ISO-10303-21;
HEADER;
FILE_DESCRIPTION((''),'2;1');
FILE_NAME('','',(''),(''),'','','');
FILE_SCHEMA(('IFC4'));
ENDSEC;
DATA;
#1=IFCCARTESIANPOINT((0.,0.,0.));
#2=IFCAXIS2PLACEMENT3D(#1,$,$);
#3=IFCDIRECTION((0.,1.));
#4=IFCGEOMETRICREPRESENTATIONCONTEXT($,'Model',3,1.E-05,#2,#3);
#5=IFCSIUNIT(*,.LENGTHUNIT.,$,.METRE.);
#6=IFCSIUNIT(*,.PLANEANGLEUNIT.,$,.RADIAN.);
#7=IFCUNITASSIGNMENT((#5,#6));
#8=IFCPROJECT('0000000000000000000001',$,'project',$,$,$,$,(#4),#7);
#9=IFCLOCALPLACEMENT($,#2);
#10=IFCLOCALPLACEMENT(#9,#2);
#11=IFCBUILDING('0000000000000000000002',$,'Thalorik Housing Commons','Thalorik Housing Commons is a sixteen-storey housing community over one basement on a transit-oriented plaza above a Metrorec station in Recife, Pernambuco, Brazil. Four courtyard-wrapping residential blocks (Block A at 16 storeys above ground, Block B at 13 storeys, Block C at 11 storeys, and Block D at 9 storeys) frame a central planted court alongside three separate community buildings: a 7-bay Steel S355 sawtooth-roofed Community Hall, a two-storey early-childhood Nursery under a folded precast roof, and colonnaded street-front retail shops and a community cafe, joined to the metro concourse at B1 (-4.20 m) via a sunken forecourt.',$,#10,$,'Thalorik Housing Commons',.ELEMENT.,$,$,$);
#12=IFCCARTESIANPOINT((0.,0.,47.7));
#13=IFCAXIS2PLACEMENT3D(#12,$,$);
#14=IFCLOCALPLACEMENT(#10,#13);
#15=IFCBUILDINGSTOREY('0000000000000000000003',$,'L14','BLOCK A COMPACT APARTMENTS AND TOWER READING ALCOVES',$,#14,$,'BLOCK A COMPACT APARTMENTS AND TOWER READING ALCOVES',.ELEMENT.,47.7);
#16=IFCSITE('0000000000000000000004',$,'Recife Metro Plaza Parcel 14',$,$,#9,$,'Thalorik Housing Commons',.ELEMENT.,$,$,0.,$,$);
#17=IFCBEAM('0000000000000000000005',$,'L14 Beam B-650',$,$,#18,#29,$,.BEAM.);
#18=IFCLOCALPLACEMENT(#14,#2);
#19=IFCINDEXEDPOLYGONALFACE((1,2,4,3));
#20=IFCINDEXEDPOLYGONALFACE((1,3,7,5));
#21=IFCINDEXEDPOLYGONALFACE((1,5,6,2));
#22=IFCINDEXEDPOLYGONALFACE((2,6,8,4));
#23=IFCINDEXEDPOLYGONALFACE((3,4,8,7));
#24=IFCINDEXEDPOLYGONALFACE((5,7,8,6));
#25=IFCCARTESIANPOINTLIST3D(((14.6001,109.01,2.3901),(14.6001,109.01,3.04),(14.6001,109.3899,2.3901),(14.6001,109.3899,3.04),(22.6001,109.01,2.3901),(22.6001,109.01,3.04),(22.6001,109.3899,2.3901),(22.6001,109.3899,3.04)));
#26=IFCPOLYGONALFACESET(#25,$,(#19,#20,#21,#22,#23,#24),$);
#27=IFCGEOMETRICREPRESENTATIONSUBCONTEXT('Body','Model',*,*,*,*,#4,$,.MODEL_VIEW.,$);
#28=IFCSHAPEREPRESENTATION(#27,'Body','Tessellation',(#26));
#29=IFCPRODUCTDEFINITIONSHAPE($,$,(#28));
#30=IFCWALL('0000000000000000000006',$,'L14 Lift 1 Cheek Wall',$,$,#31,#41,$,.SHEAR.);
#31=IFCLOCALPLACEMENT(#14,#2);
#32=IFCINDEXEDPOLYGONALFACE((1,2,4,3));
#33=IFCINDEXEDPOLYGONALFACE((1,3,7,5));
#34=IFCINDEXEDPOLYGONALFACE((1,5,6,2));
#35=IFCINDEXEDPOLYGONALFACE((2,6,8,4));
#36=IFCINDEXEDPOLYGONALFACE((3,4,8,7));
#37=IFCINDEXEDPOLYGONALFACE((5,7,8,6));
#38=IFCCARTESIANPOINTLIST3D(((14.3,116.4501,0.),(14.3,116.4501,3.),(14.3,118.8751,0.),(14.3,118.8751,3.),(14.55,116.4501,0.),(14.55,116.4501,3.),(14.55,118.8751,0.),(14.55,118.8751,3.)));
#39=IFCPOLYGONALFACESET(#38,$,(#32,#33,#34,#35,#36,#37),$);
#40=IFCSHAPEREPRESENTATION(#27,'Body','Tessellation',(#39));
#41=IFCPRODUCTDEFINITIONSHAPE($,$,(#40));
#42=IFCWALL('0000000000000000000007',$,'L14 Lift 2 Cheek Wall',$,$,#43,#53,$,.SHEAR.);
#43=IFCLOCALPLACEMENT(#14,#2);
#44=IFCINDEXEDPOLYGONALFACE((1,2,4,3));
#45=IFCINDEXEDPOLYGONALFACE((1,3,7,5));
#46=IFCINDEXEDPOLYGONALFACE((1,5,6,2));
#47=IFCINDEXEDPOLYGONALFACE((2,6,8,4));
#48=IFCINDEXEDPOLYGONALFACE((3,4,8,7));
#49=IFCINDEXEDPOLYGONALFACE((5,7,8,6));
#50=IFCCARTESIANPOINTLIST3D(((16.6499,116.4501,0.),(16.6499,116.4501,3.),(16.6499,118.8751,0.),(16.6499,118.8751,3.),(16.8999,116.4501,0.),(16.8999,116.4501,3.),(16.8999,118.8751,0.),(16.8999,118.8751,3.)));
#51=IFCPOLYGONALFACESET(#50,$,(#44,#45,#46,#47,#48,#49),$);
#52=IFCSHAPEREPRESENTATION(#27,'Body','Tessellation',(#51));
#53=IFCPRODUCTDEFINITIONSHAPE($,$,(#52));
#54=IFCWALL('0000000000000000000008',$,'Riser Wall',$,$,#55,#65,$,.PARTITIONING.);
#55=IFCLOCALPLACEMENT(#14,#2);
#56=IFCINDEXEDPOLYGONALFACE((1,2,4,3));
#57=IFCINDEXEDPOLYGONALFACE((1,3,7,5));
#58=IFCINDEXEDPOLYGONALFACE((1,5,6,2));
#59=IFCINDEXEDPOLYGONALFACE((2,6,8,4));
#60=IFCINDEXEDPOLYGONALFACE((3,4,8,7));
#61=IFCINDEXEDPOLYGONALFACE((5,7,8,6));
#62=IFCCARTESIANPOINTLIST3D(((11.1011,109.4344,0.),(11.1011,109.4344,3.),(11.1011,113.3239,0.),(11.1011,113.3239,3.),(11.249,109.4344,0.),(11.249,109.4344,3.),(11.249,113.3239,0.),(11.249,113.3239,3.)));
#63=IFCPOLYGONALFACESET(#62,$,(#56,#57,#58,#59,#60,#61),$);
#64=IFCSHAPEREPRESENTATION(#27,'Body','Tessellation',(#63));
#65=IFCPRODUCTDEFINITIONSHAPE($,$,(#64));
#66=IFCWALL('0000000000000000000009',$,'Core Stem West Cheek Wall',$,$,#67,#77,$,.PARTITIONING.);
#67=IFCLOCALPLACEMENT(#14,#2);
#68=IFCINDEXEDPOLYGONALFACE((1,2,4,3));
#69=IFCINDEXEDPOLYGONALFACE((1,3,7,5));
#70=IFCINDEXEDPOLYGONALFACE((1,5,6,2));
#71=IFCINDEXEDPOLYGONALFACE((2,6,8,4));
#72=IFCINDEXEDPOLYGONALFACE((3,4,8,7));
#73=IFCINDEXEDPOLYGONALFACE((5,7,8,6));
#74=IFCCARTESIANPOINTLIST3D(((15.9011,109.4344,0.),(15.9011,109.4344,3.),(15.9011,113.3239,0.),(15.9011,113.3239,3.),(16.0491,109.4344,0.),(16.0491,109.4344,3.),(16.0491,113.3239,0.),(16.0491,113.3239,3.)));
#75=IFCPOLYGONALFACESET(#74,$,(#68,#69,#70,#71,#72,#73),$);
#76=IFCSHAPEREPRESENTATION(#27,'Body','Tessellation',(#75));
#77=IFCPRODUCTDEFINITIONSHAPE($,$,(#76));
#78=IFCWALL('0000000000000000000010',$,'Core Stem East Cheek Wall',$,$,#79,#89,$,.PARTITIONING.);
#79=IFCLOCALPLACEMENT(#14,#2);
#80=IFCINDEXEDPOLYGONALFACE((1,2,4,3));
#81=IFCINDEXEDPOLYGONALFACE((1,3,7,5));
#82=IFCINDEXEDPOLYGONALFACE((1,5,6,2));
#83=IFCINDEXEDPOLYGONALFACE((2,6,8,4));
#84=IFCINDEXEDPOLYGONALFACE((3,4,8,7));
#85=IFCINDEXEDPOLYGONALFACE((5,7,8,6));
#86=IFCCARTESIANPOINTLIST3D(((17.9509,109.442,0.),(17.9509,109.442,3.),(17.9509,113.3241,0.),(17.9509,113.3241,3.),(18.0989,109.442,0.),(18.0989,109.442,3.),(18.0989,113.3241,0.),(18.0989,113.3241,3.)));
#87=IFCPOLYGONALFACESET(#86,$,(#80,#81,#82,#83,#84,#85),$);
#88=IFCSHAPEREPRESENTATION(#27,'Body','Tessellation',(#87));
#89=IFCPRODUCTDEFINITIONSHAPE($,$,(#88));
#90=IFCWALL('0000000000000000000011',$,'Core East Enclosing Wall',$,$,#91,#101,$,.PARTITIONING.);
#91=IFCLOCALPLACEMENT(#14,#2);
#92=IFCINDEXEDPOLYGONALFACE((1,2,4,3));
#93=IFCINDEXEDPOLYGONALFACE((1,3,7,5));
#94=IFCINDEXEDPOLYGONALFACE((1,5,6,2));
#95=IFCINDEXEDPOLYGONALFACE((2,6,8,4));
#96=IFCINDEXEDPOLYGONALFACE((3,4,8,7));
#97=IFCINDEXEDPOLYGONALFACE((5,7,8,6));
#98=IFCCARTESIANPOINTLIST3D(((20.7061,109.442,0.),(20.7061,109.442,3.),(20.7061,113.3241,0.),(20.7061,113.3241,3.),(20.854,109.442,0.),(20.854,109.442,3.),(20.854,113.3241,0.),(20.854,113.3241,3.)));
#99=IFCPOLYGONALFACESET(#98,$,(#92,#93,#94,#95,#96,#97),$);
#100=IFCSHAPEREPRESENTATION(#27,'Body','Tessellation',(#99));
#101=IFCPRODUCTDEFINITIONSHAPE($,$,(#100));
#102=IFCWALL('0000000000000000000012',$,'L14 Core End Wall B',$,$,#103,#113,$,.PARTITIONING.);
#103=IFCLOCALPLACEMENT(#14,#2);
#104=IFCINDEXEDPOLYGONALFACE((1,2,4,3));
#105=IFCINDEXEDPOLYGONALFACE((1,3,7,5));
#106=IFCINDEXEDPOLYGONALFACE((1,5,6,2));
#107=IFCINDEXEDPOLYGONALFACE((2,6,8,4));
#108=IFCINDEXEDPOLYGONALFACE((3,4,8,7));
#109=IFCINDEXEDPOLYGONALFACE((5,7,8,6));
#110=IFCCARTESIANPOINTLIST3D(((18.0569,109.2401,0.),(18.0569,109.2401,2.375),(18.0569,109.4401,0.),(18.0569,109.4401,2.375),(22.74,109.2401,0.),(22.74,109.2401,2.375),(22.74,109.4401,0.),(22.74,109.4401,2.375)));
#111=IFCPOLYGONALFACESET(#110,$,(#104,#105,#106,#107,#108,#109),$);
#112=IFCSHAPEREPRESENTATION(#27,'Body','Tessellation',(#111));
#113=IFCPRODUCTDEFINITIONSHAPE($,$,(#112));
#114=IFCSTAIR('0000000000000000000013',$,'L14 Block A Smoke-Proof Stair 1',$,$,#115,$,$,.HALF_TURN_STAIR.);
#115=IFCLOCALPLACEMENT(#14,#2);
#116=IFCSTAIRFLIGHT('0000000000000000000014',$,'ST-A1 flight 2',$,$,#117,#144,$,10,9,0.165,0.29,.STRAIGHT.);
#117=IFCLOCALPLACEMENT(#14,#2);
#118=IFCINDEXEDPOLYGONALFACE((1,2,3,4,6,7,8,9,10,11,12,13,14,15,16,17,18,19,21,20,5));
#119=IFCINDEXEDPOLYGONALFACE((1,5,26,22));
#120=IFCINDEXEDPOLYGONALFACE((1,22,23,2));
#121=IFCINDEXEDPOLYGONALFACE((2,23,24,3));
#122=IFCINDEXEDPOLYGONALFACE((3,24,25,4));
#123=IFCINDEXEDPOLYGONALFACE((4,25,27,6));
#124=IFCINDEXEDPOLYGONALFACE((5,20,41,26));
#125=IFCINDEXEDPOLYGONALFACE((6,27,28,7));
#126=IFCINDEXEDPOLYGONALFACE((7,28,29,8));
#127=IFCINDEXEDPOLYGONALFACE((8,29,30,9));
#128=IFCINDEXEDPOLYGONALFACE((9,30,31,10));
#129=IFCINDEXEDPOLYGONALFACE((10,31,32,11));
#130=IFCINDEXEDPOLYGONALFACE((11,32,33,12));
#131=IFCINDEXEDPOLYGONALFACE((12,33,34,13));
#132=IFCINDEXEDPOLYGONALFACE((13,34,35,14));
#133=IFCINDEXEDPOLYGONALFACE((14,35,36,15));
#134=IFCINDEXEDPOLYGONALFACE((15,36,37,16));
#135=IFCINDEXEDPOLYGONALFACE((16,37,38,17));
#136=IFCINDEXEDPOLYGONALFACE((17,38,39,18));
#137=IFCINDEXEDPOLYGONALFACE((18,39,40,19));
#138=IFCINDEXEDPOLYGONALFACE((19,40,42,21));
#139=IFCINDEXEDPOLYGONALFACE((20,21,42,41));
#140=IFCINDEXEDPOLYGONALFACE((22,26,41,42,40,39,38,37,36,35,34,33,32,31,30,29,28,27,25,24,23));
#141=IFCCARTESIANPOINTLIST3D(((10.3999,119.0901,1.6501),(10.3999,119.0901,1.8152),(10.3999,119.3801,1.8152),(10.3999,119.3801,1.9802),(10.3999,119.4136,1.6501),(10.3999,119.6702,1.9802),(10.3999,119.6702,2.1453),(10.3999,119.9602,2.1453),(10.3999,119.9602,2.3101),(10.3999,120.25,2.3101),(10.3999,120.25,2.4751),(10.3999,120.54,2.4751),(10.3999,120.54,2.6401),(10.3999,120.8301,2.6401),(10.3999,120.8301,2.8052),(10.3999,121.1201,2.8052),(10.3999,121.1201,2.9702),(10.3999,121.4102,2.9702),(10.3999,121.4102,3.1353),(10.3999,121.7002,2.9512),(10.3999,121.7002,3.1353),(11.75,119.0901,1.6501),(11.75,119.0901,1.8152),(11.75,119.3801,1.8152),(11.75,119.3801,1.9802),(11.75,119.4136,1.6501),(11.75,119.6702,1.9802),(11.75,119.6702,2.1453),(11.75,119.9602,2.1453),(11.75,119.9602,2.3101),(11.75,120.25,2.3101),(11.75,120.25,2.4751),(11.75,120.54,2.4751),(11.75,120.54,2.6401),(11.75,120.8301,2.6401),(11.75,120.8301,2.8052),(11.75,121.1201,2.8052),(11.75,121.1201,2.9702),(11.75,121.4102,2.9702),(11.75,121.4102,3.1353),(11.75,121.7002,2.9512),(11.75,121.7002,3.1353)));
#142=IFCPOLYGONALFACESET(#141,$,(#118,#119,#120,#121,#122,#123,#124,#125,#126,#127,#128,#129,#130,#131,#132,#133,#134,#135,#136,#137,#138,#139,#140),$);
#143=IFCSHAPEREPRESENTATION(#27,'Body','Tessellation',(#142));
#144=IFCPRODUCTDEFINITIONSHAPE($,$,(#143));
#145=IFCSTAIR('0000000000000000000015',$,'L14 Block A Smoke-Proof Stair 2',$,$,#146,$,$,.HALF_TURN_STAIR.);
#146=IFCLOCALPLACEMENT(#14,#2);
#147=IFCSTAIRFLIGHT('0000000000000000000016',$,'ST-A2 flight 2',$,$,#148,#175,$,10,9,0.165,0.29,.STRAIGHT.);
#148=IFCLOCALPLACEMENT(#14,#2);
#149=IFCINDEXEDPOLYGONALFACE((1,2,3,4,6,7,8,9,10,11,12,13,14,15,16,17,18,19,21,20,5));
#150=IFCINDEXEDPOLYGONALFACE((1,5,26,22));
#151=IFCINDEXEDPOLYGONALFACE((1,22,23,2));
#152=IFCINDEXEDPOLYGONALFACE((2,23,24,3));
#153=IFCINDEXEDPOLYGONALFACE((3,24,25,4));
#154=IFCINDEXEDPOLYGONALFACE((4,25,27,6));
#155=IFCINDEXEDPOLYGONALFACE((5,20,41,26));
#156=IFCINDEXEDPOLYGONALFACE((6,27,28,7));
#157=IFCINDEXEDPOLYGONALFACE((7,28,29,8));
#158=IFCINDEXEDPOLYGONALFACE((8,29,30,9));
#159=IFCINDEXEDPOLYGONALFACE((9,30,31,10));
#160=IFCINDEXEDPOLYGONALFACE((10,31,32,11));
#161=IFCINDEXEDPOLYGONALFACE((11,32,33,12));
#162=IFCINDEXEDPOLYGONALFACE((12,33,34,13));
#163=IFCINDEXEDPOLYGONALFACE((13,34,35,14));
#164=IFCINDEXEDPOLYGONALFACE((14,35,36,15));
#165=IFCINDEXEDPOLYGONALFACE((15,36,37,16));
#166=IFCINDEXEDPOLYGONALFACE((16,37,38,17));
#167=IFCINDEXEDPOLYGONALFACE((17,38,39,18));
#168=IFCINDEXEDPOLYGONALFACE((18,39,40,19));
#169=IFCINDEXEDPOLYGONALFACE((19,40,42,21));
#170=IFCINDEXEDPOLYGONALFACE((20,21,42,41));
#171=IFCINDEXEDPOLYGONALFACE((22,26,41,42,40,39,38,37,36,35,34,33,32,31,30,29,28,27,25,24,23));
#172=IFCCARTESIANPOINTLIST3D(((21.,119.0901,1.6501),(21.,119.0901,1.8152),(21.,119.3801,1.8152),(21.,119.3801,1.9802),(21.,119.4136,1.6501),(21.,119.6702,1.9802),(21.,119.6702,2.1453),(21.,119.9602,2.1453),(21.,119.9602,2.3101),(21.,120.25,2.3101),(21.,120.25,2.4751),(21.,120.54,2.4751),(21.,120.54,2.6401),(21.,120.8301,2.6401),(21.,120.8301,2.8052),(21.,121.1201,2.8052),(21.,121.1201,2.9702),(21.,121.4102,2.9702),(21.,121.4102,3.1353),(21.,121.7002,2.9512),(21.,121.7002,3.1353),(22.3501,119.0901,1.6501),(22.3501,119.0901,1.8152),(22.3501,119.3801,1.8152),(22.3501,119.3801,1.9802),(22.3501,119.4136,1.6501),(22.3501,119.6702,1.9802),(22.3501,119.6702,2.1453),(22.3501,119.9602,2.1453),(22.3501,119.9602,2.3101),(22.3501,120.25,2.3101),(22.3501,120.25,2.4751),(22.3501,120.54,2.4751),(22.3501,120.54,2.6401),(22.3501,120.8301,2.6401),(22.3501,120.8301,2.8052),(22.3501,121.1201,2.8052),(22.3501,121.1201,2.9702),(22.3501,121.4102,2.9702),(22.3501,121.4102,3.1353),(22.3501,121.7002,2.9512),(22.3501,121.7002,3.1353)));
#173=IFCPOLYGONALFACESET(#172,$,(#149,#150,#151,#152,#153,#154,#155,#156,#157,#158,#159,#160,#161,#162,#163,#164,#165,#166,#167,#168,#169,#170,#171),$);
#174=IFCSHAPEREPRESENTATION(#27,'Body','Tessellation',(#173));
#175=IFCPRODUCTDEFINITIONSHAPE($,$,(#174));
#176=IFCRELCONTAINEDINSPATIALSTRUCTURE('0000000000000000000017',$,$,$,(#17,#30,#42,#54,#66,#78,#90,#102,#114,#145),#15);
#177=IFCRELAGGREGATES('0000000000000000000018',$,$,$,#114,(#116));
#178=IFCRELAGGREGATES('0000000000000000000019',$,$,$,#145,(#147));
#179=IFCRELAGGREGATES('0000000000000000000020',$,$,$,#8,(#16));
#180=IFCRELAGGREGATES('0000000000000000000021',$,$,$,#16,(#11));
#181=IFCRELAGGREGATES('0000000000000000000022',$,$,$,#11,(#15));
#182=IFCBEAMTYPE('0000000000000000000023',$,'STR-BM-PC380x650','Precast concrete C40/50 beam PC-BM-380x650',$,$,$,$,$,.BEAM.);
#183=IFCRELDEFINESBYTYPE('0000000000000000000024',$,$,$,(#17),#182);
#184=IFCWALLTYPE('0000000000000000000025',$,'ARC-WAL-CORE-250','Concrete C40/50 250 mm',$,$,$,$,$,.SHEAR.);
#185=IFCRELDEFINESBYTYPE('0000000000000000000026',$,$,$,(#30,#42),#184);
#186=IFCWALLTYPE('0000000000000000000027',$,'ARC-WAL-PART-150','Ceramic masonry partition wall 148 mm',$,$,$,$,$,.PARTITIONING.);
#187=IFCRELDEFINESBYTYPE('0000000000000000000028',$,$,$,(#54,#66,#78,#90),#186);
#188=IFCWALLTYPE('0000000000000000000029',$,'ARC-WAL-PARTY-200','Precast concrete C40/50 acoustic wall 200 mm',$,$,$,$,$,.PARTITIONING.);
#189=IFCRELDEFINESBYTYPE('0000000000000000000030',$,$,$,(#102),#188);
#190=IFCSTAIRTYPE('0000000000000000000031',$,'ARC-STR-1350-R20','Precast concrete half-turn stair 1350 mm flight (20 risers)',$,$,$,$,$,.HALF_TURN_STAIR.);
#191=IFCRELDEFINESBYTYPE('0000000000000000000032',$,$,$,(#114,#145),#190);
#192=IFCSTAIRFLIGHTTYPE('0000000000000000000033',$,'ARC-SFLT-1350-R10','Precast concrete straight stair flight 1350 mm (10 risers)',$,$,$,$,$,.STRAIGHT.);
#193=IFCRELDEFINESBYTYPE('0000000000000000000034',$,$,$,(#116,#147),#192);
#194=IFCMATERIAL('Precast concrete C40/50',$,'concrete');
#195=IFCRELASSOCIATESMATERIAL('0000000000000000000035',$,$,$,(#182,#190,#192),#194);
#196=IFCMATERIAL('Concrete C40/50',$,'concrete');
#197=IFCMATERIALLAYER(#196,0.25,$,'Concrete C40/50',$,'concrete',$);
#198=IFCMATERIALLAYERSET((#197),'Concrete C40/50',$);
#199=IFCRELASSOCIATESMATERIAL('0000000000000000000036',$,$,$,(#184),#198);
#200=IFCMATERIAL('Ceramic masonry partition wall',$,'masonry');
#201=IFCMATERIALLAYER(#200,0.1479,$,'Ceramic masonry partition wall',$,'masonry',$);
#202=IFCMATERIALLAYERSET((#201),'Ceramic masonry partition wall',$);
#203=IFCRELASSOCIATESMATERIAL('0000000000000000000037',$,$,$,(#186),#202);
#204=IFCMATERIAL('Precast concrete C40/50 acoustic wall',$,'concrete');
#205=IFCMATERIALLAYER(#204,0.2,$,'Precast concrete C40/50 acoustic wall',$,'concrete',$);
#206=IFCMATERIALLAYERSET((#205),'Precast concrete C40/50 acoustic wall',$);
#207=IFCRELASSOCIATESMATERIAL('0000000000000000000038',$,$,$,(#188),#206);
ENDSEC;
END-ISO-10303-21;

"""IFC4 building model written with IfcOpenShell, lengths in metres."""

from ifc_helpers import new_model, si_unit, direction, frame, frame_2d, origin, origin_2d, place, context, subcontext, project, spatial, polyline, rectangle, outline, extrude, material, layer, layer_set, material_profile, profile_set, type_object, element, aggregate, save


model = new_model("IFC4")

# Units and contexts
model_context = context("Model", 3, precision=1e-05, world=origin(), true_north=direction((0.0, 1.0)))
body_context = subcontext(model_context, "Body", "Model", "MODEL_VIEW")
ifc_project = project(units=[si_unit("LENGTHUNIT", "METRE"), si_unit("PLANEANGLEUNIT", "RADIAN")], contexts=[model_context])

# Site, building, storey
site_placement = place(None, origin())
site = spatial("IfcSite", under=ifc_project, at=site_placement, Name="Recife Metro Plaza Parcel 14", LongName="Thalorik Housing Commons", CompositionType="ELEMENT", RefElevation=0.0)
building_placement = place(site_placement, origin())
building = spatial("IfcBuilding", under=site, at=building_placement, Name="Thalorik Housing Commons", Description="Thalorik Housing Commons is a sixteen-storey housing community over one basement on a transit-oriented plaza above a Metrorec station in Recife, Pernambuco, Brazil. Four courtyard-wrapping residential blocks (Block A at 16 storeys above ground, Block B at 13 storeys, Block C at 11 storeys, and Block D at 9 storeys) frame a central planted court alongside three separate community buildings: a 7-bay Steel S355 sawtooth-roofed Community Hall, a two-storey early-childhood Nursery under a folded precast roof, and colonnaded street-front retail shops and a community cafe, joined to the metro concourse at B1 (-4.20 m) via a sunken forecourt.", LongName="Thalorik Housing Commons", CompositionType="ELEMENT")
storey_placement = place(building_placement, frame((0.0, 0.0, 47.7)))
storey = spatial("IfcBuildingStorey", under=building, at=storey_placement, Name="L14", Description="BLOCK A COMPACT APARTMENTS AND TOWER READING ALCOVES", LongName="BLOCK A COMPACT APARTMENTS AND TOWER READING ALCOVES", CompositionType="ELEMENT", Elevation=47.7)

# Beam
ifc_material_1 = material(Name="Precast concrete C40/50", Category="concrete")
ifc_material_profile = material_profile(ifc_material_1, rectangle(XDim=0.3799, YDim=0.6499, at=origin_2d()), Name="PC 380x650", Category="concrete")
ifc_profile_set = profile_set([ifc_material_profile], Name="Precast concrete C40/50")
beam_type = type_object("IfcBeamType", Name="STR-BM-PC380x650", Description="Precast concrete C40/50 beam PC-BM-380x650", PredefinedType="BEAM", material=ifc_profile_set)
beam_placement = place(storey_placement, frame((14.6001, 109.2, 2.7151), z_axis=(1.0, 0.0, 0.0), x_axis=(0.0, 1.0, 0.0)))
element("IfcBeam", 1, at=beam_placement, inside=storey, type_object=beam_type, Name="L14 Beam B-650", PredefinedType="BEAM", context=body_context, shape_type="SweptSolid", body=[
    extrude(rectangle(XDim=0.3799, YDim=0.6499, at=origin_2d()), origin(), (0.0, 0.0, 1.0), 8.0),
])

# Shared definitions
ifc_material_2 = material(Name="Concrete C40/50", Category="concrete")
ifc_layer_1 = layer(ifc_material_2, 0.25, Name="Concrete C40/50", Category="concrete")
ifc_layer_set_1 = layer_set([ifc_layer_1], Name="Concrete C40/50")
wall_type_1 = type_object("IfcWallType", Name="ARC-WAL-CORE-250", Description="Concrete C40/50 250 mm", PredefinedType="SHEAR", material=ifc_layer_set_1)

# Walls
for number, where, z_axis, x_axis, name in (
    (2, (14.425, 118.875, 0.0), (0.0, 0.0, 1.0), (0.0, -1.0, 0.0), "L14 Lift 1 Cheek Wall"),
    (3, (16.7749, 118.875, 0.0), (0.0, 0.0, 1.0), (0.0, -1.0, 0.0), "L14 Lift 2 Cheek Wall"),
):
    element("IfcWall", number, at=place(storey_placement, frame(where, z_axis=z_axis, x_axis=x_axis)), inside=storey, type_object=wall_type_1, Name=name, PredefinedType="SHEAR", context=body_context, shape_type="SweptSolid", body=[
        extrude(rectangle(XDim=2.425, YDim=0.25, at=frame_2d((1.2124, 0.0))), origin(), (0.0, 0.0, 1.0), 3.0),
    ])
ifc_material_3 = material(Name="Ceramic masonry partition wall", Category="masonry")
ifc_layer_2 = layer(ifc_material_3, 0.1479, Name="Ceramic masonry partition wall", Category="masonry")
ifc_layer_set_2 = layer_set([ifc_layer_2], Name="Ceramic masonry partition wall")
wall_type_2 = type_object("IfcWallType", Name="ARC-WAL-PART-150", Description="Ceramic masonry partition wall 148 mm", PredefinedType="PARTITIONING", material=ifc_layer_set_2)
for number, where, z_axis, x_axis, name in (
    (4, (11.175, 113.324, 0.0), (0.0, 0.0, 1.0), (0.0, -1.0, 0.0), "Riser Wall"),
    (5, (15.9751, 113.324, 0.0), (0.0, 0.0, 1.0), (0.0, -1.0, 0.0), "Core Stem West Cheek Wall"),
):
    element("IfcWall", number, at=place(storey_placement, frame(where, z_axis=z_axis, x_axis=x_axis)), inside=storey, type_object=wall_type_2, Name=name, PredefinedType="PARTITIONING", context=body_context, shape_type="SweptSolid", body=[
        extrude(rectangle(XDim=3.8894, YDim=0.1479, at=frame_2d((1.9448, 0.0))), origin(), (0.0, 0.0, 1.0), 3.0),
    ])
for number, where, z_axis, x_axis, name in (
    (6, (18.0249, 113.324, 0.0), (0.0, 0.0, 1.0), (0.0, -1.0, 0.0), "Core Stem East Cheek Wall"),
    (7, (20.78, 113.324, 0.0), (0.0, 0.0, 1.0), (0.0, -1.0, 0.0), "Core East Enclosing Wall"),
):
    element("IfcWall", number, at=place(storey_placement, frame(where, z_axis=z_axis, x_axis=x_axis)), inside=storey, type_object=wall_type_2, Name=name, PredefinedType="PARTITIONING", context=body_context, shape_type="SweptSolid", body=[
        extrude(rectangle(XDim=3.8821, YDim=0.1479, at=frame_2d((1.9409, 0.0))), origin(), (0.0, 0.0, 1.0), 3.0),
    ])

# Wall
ifc_material_4 = material(Name="Precast concrete C40/50 acoustic wall", Category="concrete")
ifc_layer_3 = layer(ifc_material_4, 0.2, Name="Precast concrete C40/50 acoustic wall", Category="concrete")
ifc_layer_set_3 = layer_set([ifc_layer_3], Name="Precast concrete C40/50 acoustic wall")
wall_type_3 = type_object("IfcWallType", Name="ARC-WAL-PARTY-200", Description="Precast concrete C40/50 acoustic wall 200 mm", PredefinedType="PARTITIONING", material=ifc_layer_set_3)
wall_1_placement = place(storey_placement, frame((18.0569, 109.3401, 0.0), z_axis=(0.0, 0.0, 1.0), x_axis=(1.0, 0.0, 0.0)))
element("IfcWall", 8, at=wall_1_placement, inside=storey, type_object=wall_type_3, Name="L14 Core End Wall B", PredefinedType="PARTITIONING", context=body_context, shape_type="SweptSolid", body=[
    extrude(rectangle(XDim=4.6831, YDim=0.2, at=frame_2d((2.3416, 0.0))), origin(), (0.0, 0.0, 1.0), 2.375),
])

# Stairs, stair flights
stair_type = type_object("IfcStairType", Name="ARC-STR-1350-R20", Description="Precast concrete half-turn stair 1350 mm flight (20 risers)", PredefinedType="HALF_TURN_STAIR", material=ifc_material_1)
stair_1_placement = place(storey_placement, origin())
stair_1 = element("IfcStair", 9, at=stair_1_placement, inside=storey, type_object=stair_type, Name="L14 Block A Smoke-Proof Stair 1", PredefinedType="HALF_TURN_STAIR")
stair_flight_type = type_object("IfcStairFlightType", Name="ARC-SFLT-1350-R10", Description="Precast concrete straight stair flight 1350 mm (10 risers)", PredefinedType="STRAIGHT", material=ifc_material_1)
stair_flight_1_placement = place(storey_placement, frame((11.075, 119.0901, 1.6501), z_axis=(0.0, 0.0, 1.0), x_axis=(0.0, 1.0, 0.0)))
stair_flight_1 = element("IfcStairFlight", 10, at=stair_flight_1_placement, type_object=stair_flight_type, Name="ST-A1 flight 2", NumberOfRisers=10, NumberOfTreads=9, PredefinedType="STRAIGHT", RiserHeight=0.165, TreadLength=0.29, context=body_context, shape_type="SweptSolid", body=[
    extrude(outline(polyline([(0.0, 0.0), (0.0, 0.165), (0.29, 0.165), (0.29, 0.3301), (0.5801, 0.3301), (0.5801, 0.4951), (0.8701, 0.4951), (0.8701, 0.6599), (1.1599, 0.6599), (1.1599, 0.825), (1.45, 0.825), (1.45, 0.99), (1.74, 0.99), (1.74, 1.155), (2.03, 1.155), (2.03, 1.3201), (2.3201, 1.3201), (2.3201, 1.4851), (2.6101, 1.4851), (2.6101, 1.6499), (2.6101, 1.301), (0.3235, 0.0), (0.0, 0.0)])), frame((0.0, 0.675, 0.0), z_axis=(0.0, -1.0, 0.0), x_axis=(1.0, 0.0, 0.0)), (0.0, 0.0, 1.0), 1.3501),
])
aggregate(stair_1, [stair_flight_1])
stair_2_placement = place(storey_placement, origin())
stair_2 = element("IfcStair", 11, at=stair_2_placement, inside=storey, type_object=stair_type, Name="L14 Block A Smoke-Proof Stair 2", PredefinedType="HALF_TURN_STAIR")
stair_flight_2_placement = place(storey_placement, frame((21.675, 119.0901, 1.6501), z_axis=(0.0, 0.0, 1.0), x_axis=(0.0, 1.0, 0.0)))
stair_flight_2 = element("IfcStairFlight", 12, at=stair_flight_2_placement, type_object=stair_flight_type, Name="ST-A2 flight 2", NumberOfRisers=10, NumberOfTreads=9, PredefinedType="STRAIGHT", RiserHeight=0.165, TreadLength=0.29, context=body_context, shape_type="SweptSolid", body=[
    extrude(outline(polyline([(0.0, 0.0), (0.0, 0.165), (0.29, 0.165), (0.29, 0.3301), (0.5801, 0.3301), (0.5801, 0.4951), (0.8701, 0.4951), (0.8701, 0.6599), (1.1599, 0.6599), (1.1599, 0.825), (1.45, 0.825), (1.45, 0.99), (1.74, 0.99), (1.74, 1.155), (2.03, 1.155), (2.03, 1.3201), (2.3201, 1.3201), (2.3201, 1.4851), (2.6101, 1.4851), (2.6101, 1.6499), (2.6101, 1.301), (0.3235, 0.0), (0.0, 0.0)])), frame((0.0, 0.675, 0.0), z_axis=(0.0, -1.0, 0.0), x_axis=(1.0, 0.0, 0.0)), (0.0, 0.0, 1.0), 1.3501),
])
aggregate(stair_2, [stair_flight_2])

save(model, "model.ifc")
